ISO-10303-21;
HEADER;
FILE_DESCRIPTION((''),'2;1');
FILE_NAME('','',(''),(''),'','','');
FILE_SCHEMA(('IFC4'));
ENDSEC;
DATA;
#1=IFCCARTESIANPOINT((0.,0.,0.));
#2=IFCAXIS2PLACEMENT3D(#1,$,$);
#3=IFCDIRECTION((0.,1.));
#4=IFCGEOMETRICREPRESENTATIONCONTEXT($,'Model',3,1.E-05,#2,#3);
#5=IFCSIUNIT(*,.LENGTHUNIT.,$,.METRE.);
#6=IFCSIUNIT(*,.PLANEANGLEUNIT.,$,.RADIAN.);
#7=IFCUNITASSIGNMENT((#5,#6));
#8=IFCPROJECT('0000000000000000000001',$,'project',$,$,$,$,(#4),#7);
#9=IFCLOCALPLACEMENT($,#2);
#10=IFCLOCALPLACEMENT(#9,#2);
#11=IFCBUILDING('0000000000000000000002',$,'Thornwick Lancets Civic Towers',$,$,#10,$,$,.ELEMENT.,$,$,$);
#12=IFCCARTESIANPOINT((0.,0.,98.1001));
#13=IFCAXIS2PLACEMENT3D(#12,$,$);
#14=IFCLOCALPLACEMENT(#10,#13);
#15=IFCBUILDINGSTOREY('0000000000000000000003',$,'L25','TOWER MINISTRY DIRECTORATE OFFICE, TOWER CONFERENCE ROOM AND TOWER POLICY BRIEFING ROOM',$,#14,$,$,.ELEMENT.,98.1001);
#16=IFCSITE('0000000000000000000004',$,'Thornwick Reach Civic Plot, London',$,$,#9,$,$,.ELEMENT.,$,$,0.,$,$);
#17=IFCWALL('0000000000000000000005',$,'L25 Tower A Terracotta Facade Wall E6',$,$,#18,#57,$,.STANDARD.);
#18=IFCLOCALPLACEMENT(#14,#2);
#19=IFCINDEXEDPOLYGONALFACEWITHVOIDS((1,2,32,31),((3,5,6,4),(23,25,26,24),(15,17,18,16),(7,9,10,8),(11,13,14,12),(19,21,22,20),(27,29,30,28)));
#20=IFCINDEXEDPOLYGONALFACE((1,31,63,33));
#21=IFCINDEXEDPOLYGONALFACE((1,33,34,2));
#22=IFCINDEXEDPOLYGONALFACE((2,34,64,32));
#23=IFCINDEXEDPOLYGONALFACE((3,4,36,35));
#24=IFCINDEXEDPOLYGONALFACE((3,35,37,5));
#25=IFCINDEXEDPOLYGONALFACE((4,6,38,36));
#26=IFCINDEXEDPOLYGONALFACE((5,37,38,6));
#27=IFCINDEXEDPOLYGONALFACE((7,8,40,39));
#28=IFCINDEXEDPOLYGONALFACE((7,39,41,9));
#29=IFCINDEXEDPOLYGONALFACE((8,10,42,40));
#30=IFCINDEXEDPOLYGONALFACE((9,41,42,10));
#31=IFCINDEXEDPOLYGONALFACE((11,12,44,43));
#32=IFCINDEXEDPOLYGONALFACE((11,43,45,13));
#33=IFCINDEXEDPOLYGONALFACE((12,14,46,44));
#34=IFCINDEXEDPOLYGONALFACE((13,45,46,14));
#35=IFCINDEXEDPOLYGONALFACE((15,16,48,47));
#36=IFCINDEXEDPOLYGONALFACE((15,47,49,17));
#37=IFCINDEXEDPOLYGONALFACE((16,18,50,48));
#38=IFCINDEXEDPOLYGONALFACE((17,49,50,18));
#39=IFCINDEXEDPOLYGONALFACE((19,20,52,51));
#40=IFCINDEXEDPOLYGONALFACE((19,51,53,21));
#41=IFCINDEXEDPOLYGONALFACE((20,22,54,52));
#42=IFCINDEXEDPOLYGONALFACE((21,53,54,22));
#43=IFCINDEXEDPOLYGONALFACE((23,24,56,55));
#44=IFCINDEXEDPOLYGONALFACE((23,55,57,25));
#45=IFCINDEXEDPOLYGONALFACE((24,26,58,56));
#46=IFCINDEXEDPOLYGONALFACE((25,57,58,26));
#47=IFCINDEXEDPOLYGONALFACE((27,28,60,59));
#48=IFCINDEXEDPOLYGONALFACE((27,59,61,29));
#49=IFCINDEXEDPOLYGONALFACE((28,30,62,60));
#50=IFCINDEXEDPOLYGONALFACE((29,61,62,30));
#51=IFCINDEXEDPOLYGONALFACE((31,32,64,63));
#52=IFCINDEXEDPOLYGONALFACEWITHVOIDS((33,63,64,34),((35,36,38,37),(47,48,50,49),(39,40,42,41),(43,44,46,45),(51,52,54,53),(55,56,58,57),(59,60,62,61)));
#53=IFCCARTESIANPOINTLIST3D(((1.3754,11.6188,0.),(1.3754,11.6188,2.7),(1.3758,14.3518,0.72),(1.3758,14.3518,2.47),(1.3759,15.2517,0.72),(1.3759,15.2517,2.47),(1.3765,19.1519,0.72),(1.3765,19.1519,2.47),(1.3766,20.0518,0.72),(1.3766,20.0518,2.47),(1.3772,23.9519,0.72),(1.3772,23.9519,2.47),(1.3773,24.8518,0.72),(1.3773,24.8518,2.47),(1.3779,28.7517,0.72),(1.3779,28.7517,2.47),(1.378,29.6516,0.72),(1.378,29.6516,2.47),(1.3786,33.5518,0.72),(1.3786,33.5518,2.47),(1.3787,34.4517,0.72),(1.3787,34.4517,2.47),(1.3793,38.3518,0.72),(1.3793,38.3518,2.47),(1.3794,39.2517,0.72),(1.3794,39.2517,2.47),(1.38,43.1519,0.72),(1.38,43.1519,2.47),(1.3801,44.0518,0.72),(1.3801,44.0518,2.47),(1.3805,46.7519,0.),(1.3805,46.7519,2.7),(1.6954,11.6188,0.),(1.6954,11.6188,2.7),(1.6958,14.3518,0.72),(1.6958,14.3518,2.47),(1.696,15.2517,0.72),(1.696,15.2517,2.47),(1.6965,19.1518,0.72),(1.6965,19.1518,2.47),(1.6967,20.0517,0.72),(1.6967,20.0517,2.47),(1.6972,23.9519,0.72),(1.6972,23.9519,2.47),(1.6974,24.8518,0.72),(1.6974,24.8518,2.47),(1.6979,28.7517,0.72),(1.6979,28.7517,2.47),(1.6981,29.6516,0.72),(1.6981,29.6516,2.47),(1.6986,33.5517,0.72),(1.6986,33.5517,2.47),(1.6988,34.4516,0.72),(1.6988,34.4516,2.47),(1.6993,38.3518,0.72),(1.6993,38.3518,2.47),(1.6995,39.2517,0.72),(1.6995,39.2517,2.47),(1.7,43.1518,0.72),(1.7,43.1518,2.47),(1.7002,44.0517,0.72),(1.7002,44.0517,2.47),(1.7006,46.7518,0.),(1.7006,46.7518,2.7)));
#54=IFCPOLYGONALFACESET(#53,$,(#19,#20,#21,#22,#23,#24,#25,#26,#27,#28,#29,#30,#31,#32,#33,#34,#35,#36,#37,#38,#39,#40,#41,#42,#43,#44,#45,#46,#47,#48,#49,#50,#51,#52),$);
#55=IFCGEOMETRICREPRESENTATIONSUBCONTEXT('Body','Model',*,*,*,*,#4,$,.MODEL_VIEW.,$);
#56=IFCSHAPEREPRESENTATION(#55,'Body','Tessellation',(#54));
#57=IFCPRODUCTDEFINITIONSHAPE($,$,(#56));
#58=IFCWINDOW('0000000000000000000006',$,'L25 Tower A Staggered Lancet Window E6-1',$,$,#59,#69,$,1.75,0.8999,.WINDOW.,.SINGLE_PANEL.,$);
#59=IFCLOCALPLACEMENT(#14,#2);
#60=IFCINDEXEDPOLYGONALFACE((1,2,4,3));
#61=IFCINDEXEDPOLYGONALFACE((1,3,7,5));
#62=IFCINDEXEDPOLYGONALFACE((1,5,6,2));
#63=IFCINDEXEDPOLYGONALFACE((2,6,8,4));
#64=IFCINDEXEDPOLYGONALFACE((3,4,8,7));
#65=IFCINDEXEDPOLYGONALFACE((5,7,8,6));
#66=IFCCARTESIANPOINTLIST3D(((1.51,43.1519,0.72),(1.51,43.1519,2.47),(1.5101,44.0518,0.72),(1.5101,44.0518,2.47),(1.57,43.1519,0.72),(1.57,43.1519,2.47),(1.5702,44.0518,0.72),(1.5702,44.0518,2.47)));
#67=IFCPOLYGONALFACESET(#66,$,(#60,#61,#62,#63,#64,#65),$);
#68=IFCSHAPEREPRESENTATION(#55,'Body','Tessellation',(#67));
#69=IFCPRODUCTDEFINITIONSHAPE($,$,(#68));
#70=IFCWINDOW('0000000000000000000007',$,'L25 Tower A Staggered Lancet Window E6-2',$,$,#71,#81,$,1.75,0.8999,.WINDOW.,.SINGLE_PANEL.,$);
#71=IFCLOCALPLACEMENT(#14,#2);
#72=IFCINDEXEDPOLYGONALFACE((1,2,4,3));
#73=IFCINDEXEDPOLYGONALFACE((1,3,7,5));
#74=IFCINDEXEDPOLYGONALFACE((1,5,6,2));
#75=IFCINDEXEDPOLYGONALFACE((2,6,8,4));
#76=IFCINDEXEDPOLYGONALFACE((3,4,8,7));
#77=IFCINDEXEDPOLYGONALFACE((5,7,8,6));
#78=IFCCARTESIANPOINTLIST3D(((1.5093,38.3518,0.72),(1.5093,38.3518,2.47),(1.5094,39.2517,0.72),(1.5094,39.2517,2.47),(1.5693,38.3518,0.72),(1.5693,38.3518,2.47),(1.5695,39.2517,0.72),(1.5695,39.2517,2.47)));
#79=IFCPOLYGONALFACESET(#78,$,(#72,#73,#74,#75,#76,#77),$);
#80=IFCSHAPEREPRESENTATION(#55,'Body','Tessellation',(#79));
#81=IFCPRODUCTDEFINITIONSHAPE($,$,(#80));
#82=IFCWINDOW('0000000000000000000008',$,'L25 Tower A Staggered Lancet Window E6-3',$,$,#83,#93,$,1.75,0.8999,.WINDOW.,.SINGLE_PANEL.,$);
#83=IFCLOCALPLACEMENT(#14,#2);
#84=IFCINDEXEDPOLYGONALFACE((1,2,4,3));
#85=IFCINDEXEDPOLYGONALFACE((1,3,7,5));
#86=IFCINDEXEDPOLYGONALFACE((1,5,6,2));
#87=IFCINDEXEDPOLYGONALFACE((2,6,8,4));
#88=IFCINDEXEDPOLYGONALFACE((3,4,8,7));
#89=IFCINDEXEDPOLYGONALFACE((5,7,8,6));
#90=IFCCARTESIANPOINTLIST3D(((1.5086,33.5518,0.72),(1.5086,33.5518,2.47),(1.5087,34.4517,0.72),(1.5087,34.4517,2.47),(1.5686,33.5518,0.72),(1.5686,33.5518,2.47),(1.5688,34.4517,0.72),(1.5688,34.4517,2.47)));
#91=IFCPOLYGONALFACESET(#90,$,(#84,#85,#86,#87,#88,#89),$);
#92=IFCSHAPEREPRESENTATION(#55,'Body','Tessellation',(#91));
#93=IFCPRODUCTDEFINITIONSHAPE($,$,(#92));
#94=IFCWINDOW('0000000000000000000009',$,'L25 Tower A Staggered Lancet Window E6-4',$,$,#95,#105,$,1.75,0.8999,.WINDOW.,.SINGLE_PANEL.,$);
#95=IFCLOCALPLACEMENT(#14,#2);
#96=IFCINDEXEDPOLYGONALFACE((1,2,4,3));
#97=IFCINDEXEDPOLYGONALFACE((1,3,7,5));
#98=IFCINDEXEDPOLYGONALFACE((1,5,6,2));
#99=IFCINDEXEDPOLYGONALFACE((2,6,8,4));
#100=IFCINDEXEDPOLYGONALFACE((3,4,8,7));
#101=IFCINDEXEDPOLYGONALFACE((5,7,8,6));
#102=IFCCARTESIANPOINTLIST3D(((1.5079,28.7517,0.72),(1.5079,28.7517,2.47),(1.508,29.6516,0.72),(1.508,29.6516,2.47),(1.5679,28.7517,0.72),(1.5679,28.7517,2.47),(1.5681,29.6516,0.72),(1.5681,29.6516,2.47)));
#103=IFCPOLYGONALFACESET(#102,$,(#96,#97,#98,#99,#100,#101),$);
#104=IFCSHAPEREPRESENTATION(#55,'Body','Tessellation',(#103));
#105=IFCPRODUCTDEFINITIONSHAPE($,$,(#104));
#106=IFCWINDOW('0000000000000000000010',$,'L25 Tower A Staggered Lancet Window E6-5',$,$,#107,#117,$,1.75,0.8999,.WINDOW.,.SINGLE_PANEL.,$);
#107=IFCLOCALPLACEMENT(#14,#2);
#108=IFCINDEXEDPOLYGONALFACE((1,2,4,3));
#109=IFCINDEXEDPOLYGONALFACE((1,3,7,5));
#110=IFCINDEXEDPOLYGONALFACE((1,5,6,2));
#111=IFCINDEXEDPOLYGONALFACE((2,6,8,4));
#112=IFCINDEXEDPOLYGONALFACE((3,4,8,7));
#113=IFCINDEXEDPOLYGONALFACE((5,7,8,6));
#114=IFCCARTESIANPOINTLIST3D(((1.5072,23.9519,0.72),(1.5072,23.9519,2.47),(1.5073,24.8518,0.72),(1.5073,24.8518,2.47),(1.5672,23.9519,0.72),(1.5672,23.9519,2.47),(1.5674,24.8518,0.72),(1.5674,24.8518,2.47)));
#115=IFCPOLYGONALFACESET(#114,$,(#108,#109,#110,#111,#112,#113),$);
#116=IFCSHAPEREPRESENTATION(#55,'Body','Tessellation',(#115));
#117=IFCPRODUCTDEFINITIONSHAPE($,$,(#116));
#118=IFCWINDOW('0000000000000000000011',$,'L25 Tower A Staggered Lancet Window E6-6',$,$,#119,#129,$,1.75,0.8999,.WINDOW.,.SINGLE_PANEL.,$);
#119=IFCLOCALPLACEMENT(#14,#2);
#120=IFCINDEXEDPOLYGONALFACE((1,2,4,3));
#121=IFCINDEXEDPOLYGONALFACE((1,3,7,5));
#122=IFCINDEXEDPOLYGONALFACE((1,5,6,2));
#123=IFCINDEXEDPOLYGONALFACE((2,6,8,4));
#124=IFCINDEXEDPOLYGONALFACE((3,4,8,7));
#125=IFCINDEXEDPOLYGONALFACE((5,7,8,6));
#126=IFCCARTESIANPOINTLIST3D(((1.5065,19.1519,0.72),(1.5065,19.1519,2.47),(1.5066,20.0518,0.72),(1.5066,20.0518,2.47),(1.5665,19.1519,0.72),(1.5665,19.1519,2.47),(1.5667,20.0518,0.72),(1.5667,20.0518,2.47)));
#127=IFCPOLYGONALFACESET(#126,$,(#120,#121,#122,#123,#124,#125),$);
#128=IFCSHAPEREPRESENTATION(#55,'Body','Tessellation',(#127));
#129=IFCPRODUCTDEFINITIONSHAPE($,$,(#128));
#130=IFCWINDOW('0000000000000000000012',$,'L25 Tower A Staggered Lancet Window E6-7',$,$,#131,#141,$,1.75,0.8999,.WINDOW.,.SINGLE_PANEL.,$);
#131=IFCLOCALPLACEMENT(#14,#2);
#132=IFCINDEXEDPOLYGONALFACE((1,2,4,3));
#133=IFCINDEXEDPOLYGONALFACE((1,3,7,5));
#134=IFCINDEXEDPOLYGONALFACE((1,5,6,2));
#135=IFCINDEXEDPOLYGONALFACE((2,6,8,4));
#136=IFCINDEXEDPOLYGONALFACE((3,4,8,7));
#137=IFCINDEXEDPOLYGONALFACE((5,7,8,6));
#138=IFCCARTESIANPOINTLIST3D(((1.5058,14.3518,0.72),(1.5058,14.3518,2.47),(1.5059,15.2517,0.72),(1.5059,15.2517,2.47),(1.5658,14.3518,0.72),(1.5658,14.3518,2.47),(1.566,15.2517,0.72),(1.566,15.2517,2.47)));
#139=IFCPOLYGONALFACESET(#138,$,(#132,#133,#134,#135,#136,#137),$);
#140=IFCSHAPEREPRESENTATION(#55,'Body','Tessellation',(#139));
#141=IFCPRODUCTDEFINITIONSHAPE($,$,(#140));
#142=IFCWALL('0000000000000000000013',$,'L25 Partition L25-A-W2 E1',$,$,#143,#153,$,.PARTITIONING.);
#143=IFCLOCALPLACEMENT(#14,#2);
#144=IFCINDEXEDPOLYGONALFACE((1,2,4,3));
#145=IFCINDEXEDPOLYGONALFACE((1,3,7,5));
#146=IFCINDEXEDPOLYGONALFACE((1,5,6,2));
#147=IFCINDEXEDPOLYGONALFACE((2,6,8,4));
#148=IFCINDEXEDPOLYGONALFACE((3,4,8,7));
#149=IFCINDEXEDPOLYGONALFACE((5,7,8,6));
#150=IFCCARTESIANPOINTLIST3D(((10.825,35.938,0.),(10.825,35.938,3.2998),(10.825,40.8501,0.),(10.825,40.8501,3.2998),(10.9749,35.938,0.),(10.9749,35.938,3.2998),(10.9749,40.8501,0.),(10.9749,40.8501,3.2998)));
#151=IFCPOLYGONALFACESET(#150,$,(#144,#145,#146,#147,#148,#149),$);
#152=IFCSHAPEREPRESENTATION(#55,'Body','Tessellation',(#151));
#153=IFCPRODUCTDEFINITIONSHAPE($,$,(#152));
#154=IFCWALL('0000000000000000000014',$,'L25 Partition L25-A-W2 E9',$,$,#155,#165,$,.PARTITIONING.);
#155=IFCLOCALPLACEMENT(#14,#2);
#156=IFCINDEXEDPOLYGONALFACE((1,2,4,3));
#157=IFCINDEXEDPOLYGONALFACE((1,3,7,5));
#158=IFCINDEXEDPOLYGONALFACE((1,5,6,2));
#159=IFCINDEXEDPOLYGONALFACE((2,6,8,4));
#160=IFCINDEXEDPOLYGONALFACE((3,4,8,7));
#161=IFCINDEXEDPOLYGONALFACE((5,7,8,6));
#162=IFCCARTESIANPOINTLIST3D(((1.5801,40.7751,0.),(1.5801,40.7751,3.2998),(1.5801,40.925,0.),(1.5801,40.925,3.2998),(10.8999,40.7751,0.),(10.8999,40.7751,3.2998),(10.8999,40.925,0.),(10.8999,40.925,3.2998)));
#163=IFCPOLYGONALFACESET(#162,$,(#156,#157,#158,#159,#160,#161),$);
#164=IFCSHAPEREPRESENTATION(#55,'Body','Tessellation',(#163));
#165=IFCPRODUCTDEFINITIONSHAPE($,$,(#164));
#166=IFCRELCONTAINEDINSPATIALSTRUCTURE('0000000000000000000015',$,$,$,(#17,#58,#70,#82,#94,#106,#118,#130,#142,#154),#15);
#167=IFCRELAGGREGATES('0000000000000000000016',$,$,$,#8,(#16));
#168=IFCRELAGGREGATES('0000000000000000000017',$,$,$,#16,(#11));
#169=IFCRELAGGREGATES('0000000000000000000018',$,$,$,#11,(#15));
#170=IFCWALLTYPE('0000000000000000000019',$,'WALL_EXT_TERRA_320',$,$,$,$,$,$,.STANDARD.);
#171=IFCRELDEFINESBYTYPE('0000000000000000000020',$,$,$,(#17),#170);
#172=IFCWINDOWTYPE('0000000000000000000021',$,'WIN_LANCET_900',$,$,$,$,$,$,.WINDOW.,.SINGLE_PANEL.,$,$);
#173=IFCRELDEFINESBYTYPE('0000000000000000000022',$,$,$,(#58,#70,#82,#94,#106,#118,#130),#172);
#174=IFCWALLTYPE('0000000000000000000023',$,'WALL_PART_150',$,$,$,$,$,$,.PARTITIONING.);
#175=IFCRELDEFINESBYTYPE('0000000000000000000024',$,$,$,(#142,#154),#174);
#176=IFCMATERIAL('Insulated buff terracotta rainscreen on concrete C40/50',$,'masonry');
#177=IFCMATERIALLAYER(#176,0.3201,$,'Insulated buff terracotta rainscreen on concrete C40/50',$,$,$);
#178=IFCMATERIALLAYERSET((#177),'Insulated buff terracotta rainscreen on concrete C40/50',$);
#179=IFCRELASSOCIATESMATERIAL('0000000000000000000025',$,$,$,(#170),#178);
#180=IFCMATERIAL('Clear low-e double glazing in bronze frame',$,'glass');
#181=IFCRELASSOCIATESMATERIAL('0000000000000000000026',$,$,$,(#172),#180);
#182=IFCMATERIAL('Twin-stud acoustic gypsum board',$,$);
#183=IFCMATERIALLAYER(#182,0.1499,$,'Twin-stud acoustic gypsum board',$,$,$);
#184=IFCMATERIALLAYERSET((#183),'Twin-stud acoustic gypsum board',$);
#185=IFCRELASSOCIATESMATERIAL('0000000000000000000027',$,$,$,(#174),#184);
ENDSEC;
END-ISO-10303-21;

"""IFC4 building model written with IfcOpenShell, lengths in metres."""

from ifc_helpers import new_model, si_unit, direction, frame, frame_2d, origin, place, context, subcontext, project, spatial, rectangle, extrude, material, layer, layer_set, type_object, element, fill, save


model = new_model("IFC4")

# Units and contexts
model_context = context("Model", 3, precision=1e-05, world=origin(), true_north=direction((0.0, 1.0)))
body_context = subcontext(model_context, "Body", "Model", "MODEL_VIEW")
ifc_project = project(units=[si_unit("LENGTHUNIT", "METRE"), si_unit("PLANEANGLEUNIT", "RADIAN")], contexts=[model_context])

# Site, building, storey
site_placement = place(None, origin())
site = spatial("IfcSite", under=ifc_project, at=site_placement, Name="Thornwick Reach Civic Plot, London", CompositionType="ELEMENT", RefElevation=0.0)
building_placement = place(site_placement, origin())
building = spatial("IfcBuilding", under=site, at=building_placement, Name="Thornwick Lancets Civic Towers", CompositionType="ELEMENT")
storey_placement = place(building_placement, frame((0.0, 0.0, 98.1001)))
storey = spatial("IfcBuildingStorey", under=building, at=storey_placement, Name="L25", Description="TOWER MINISTRY DIRECTORATE OFFICE, TOWER CONFERENCE ROOM AND TOWER POLICY BRIEFING ROOM", CompositionType="ELEMENT", Elevation=98.1001)

# Wall, openings, windows
ifc_material_1 = material(Name="Insulated buff terracotta rainscreen on concrete C40/50", Category="masonry")
ifc_layer_1 = layer(ifc_material_1, 0.3201, Name="Insulated buff terracotta rainscreen on concrete C40/50")
ifc_layer_set_1 = layer_set([ifc_layer_1], Name="Insulated buff terracotta rainscreen on concrete C40/50")
wall_type_1 = type_object("IfcWallType", Name="WALL_EXT_TERRA_320", PredefinedType="STANDARD", material=ifc_layer_set_1)
wall_1_placement = place(storey_placement, frame((1.5405, 46.7517, 0.0), z_axis=(0.0, 0.0, 1.0), x_axis=(-0.000146, -1.0, 0.0)))
wall_1 = element("IfcWall", 1, at=wall_1_placement, inside=storey, type_object=wall_type_1, Name="L25 Tower A Terracotta Facade Wall E6", PredefinedType="STANDARD", context=body_context, shape_type="SweptSolid", body=[
    extrude(rectangle(XDim=35.1331, YDim=0.3201, at=frame_2d((17.5664, 0.0))), origin(), (0.0, 0.0, 1.0), 2.7),
])
opening_1_placement = place(wall_1_placement, frame((2.7, 0.0, 0.72)))
opening_1 = element("IfcOpeningElement", 2, at=opening_1_placement, cuts=wall_1, PredefinedType="OPENING", context=body_context, shape_type="SweptSolid", body=[
    extrude(rectangle(XDim=0.8999, YDim=1.75, at=frame_2d((0.45, 0.875))), frame((0.0, 0.1699, 0.0), z_axis=(0.0, -1.0, 0.0), x_axis=(1.0, 0.0, 0.0)), (0.0, 0.0, 1.0), 0.3401),
])
opening_2_placement = place(wall_1_placement, frame((7.5, 0.0, 0.72)))
opening_2 = element("IfcOpeningElement", 3, at=opening_2_placement, cuts=wall_1, PredefinedType="OPENING", context=body_context, shape_type="SweptSolid", body=[
    extrude(rectangle(XDim=0.8999, YDim=1.75, at=frame_2d((0.45, 0.875))), frame((0.0, 0.1699, 0.0), z_axis=(0.0, -1.0, 0.0), x_axis=(1.0, 0.0, 0.0)), (0.0, 0.0, 1.0), 0.3401),
])
opening_3_placement = place(wall_1_placement, frame((12.3, 0.0, 0.72)))
opening_3 = element("IfcOpeningElement", 4, at=opening_3_placement, cuts=wall_1, PredefinedType="OPENING", context=body_context, shape_type="SweptSolid", body=[
    extrude(rectangle(XDim=0.8999, YDim=1.75, at=frame_2d((0.45, 0.875))), frame((0.0, 0.1699, 0.0), z_axis=(0.0, -1.0, 0.0), x_axis=(1.0, 0.0, 0.0)), (0.0, 0.0, 1.0), 0.3401),
])
opening_4_placement = place(wall_1_placement, frame((17.1001, 0.0, 0.72)))
opening_4 = element("IfcOpeningElement", 5, at=opening_4_placement, cuts=wall_1, PredefinedType="OPENING", context=body_context, shape_type="SweptSolid", body=[
    extrude(rectangle(XDim=0.8999, YDim=1.75, at=frame_2d((0.45, 0.875))), frame((0.0, 0.1699, 0.0), z_axis=(0.0, -1.0, 0.0), x_axis=(1.0, 0.0, 0.0)), (0.0, 0.0, 1.0), 0.3401),
])
opening_5_placement = place(wall_1_placement, frame((21.8999, 0.0, 0.72)))
opening_5 = element("IfcOpeningElement", 6, at=opening_5_placement, cuts=wall_1, PredefinedType="OPENING", context=body_context, shape_type="SweptSolid", body=[
    extrude(rectangle(XDim=0.8999, YDim=1.75, at=frame_2d((0.45, 0.875))), frame((0.0, 0.1699, 0.0), z_axis=(0.0, -1.0, 0.0), x_axis=(1.0, 0.0, 0.0)), (0.0, 0.0, 1.0), 0.3401),
])
opening_6_placement = place(wall_1_placement, frame((26.7, 0.0, 0.72)))
opening_6 = element("IfcOpeningElement", 7, at=opening_6_placement, cuts=wall_1, PredefinedType="OPENING", context=body_context, shape_type="SweptSolid", body=[
    extrude(rectangle(XDim=0.8999, YDim=1.75, at=frame_2d((0.45, 0.875))), frame((0.0, 0.1699, 0.0), z_axis=(0.0, -1.0, 0.0), x_axis=(1.0, 0.0, 0.0)), (0.0, 0.0, 1.0), 0.3401),
])
opening_7_placement = place(wall_1_placement, frame((31.5, 0.0, 0.72)))
opening_7 = element("IfcOpeningElement", 8, at=opening_7_placement, cuts=wall_1, PredefinedType="OPENING", context=body_context, shape_type="SweptSolid", body=[
    extrude(rectangle(XDim=0.8999, YDim=1.75, at=frame_2d((0.45, 0.875))), frame((0.0, 0.1699, 0.0), z_axis=(0.0, -1.0, 0.0), x_axis=(1.0, 0.0, 0.0)), (0.0, 0.0, 1.0), 0.3401),
])
ifc_material_2 = material(Name="Clear low-e double glazing in bronze frame", Category="glass")
window_type = type_object("IfcWindowType", Name="WIN_LANCET_900", PartitioningType="SINGLE_PANEL", PredefinedType="WINDOW", material=ifc_material_2)
window_1_placement = place(opening_1_placement, origin())
window_1 = element("IfcWindow", 9, at=window_1_placement, inside=storey, type_object=window_type, Name="L25 Tower A Staggered Lancet Window E6-1", OverallHeight=1.75, OverallWidth=0.8999, PartitioningType="SINGLE_PANEL", PredefinedType="WINDOW", context=body_context, shape_type="SweptSolid", body=[
    extrude(rectangle(XDim=0.8999, YDim=1.75, at=frame_2d((0.45, 0.875))), frame((0.0, 0.03, 0.0), z_axis=(0.0, -1.0, 0.0), x_axis=(1.0, 0.0, 0.0)), (0.0, 0.0, 1.0), 0.0601),
])
fill(opening_1, window_1)
window_2_placement = place(opening_2_placement, origin())
window_2 = element("IfcWindow", 10, at=window_2_placement, inside=storey, type_object=window_type, Name="L25 Tower A Staggered Lancet Window E6-2", OverallHeight=1.75, OverallWidth=0.8999, PartitioningType="SINGLE_PANEL", PredefinedType="WINDOW", context=body_context, shape_type="SweptSolid", body=[
    extrude(rectangle(XDim=0.8999, YDim=1.75, at=frame_2d((0.45, 0.875))), frame((0.0, 0.03, 0.0), z_axis=(0.0, -1.0, 0.0), x_axis=(1.0, 0.0, 0.0)), (0.0, 0.0, 1.0), 0.0601),
])
fill(opening_2, window_2)
window_3_placement = place(opening_3_placement, origin())
window_3 = element("IfcWindow", 11, at=window_3_placement, inside=storey, type_object=window_type, Name="L25 Tower A Staggered Lancet Window E6-3", OverallHeight=1.75, OverallWidth=0.8999, PartitioningType="SINGLE_PANEL", PredefinedType="WINDOW", context=body_context, shape_type="SweptSolid", body=[
    extrude(rectangle(XDim=0.8999, YDim=1.75, at=frame_2d((0.45, 0.875))), frame((0.0, 0.03, 0.0), z_axis=(0.0, -1.0, 0.0), x_axis=(1.0, 0.0, 0.0)), (0.0, 0.0, 1.0), 0.0601),
])
fill(opening_3, window_3)
window_4_placement = place(opening_4_placement, origin())
window_4 = element("IfcWindow", 12, at=window_4_placement, inside=storey, type_object=window_type, Name="L25 Tower A Staggered Lancet Window E6-4", OverallHeight=1.75, OverallWidth=0.8999, PartitioningType="SINGLE_PANEL", PredefinedType="WINDOW", context=body_context, shape_type="SweptSolid", body=[
    extrude(rectangle(XDim=0.8999, YDim=1.75, at=frame_2d((0.45, 0.875))), frame((0.0, 0.03, 0.0), z_axis=(0.0, -1.0, 0.0), x_axis=(1.0, 0.0, 0.0)), (0.0, 0.0, 1.0), 0.0601),
])
fill(opening_4, window_4)
window_5_placement = place(opening_5_placement, origin())
window_5 = element("IfcWindow", 13, at=window_5_placement, inside=storey, type_object=window_type, Name="L25 Tower A Staggered Lancet Window E6-5", OverallHeight=1.75, OverallWidth=0.8999, PartitioningType="SINGLE_PANEL", PredefinedType="WINDOW", context=body_context, shape_type="SweptSolid", body=[
    extrude(rectangle(XDim=0.8999, YDim=1.75, at=frame_2d((0.45, 0.875))), frame((0.0, 0.03, 0.0), z_axis=(0.0, -1.0, 0.0), x_axis=(1.0, 0.0, 0.0)), (0.0, 0.0, 1.0), 0.0601),
])
fill(opening_5, window_5)
window_6_placement = place(opening_6_placement, origin())
window_6 = element("IfcWindow", 14, at=window_6_placement, inside=storey, type_object=window_type, Name="L25 Tower A Staggered Lancet Window E6-6", OverallHeight=1.75, OverallWidth=0.8999, PartitioningType="SINGLE_PANEL", PredefinedType="WINDOW", context=body_context, shape_type="SweptSolid", body=[
    extrude(rectangle(XDim=0.8999, YDim=1.75, at=frame_2d((0.45, 0.875))), frame((0.0, 0.03, 0.0), z_axis=(0.0, -1.0, 0.0), x_axis=(1.0, 0.0, 0.0)), (0.0, 0.0, 1.0), 0.0601),
])
fill(opening_6, window_6)
window_7_placement = place(opening_7_placement, origin())
window_7 = element("IfcWindow", 15, at=window_7_placement, inside=storey, type_object=window_type, Name="L25 Tower A Staggered Lancet Window E6-7", OverallHeight=1.75, OverallWidth=0.8999, PartitioningType="SINGLE_PANEL", PredefinedType="WINDOW", context=body_context, shape_type="SweptSolid", body=[
    extrude(rectangle(XDim=0.8999, YDim=1.75, at=frame_2d((0.45, 0.875))), frame((0.0, 0.03, 0.0), z_axis=(0.0, -1.0, 0.0), x_axis=(1.0, 0.0, 0.0)), (0.0, 0.0, 1.0), 0.0601),
])
fill(opening_7, window_7)

# Walls
ifc_material_3 = material(Name="Twin-stud acoustic gypsum board")
ifc_layer_2 = layer(ifc_material_3, 0.1499, Name="Twin-stud acoustic gypsum board")
ifc_layer_set_2 = layer_set([ifc_layer_2], Name="Twin-stud acoustic gypsum board")
wall_type_2 = type_object("IfcWallType", Name="WALL_PART_150", PredefinedType="PARTITIONING", material=ifc_layer_set_2)
wall_2_placement = place(storey_placement, frame((10.8999, 40.8501, 0.0), z_axis=(0.0, 0.0, 1.0), x_axis=(0.0, -1.0, 0.0)))
element("IfcWall", 16, at=wall_2_placement, inside=storey, type_object=wall_type_2, Name="L25 Partition L25-A-W2 E1", PredefinedType="PARTITIONING", context=body_context, shape_type="SweptSolid", body=[
    extrude(rectangle(XDim=4.9121, YDim=0.1499, at=frame_2d((2.4561, 0.0))), origin(), (0.0, 0.0, 1.0), 3.2998),
])
wall_3_placement = place(storey_placement, frame((1.5801, 40.8501, 0.0), z_axis=(0.0, 0.0, 1.0), x_axis=(1.0, 0.0, 0.0)))
element("IfcWall", 17, at=wall_3_placement, inside=storey, type_object=wall_type_2, Name="L25 Partition L25-A-W2 E9", PredefinedType="PARTITIONING", context=body_context, shape_type="SweptSolid", body=[
    extrude(rectangle(XDim=9.3198, YDim=0.1499, at=frame_2d((4.6599, 0.0))), origin(), (0.0, 0.0, 1.0), 3.2998),
])

save(model, "model.ifc")
